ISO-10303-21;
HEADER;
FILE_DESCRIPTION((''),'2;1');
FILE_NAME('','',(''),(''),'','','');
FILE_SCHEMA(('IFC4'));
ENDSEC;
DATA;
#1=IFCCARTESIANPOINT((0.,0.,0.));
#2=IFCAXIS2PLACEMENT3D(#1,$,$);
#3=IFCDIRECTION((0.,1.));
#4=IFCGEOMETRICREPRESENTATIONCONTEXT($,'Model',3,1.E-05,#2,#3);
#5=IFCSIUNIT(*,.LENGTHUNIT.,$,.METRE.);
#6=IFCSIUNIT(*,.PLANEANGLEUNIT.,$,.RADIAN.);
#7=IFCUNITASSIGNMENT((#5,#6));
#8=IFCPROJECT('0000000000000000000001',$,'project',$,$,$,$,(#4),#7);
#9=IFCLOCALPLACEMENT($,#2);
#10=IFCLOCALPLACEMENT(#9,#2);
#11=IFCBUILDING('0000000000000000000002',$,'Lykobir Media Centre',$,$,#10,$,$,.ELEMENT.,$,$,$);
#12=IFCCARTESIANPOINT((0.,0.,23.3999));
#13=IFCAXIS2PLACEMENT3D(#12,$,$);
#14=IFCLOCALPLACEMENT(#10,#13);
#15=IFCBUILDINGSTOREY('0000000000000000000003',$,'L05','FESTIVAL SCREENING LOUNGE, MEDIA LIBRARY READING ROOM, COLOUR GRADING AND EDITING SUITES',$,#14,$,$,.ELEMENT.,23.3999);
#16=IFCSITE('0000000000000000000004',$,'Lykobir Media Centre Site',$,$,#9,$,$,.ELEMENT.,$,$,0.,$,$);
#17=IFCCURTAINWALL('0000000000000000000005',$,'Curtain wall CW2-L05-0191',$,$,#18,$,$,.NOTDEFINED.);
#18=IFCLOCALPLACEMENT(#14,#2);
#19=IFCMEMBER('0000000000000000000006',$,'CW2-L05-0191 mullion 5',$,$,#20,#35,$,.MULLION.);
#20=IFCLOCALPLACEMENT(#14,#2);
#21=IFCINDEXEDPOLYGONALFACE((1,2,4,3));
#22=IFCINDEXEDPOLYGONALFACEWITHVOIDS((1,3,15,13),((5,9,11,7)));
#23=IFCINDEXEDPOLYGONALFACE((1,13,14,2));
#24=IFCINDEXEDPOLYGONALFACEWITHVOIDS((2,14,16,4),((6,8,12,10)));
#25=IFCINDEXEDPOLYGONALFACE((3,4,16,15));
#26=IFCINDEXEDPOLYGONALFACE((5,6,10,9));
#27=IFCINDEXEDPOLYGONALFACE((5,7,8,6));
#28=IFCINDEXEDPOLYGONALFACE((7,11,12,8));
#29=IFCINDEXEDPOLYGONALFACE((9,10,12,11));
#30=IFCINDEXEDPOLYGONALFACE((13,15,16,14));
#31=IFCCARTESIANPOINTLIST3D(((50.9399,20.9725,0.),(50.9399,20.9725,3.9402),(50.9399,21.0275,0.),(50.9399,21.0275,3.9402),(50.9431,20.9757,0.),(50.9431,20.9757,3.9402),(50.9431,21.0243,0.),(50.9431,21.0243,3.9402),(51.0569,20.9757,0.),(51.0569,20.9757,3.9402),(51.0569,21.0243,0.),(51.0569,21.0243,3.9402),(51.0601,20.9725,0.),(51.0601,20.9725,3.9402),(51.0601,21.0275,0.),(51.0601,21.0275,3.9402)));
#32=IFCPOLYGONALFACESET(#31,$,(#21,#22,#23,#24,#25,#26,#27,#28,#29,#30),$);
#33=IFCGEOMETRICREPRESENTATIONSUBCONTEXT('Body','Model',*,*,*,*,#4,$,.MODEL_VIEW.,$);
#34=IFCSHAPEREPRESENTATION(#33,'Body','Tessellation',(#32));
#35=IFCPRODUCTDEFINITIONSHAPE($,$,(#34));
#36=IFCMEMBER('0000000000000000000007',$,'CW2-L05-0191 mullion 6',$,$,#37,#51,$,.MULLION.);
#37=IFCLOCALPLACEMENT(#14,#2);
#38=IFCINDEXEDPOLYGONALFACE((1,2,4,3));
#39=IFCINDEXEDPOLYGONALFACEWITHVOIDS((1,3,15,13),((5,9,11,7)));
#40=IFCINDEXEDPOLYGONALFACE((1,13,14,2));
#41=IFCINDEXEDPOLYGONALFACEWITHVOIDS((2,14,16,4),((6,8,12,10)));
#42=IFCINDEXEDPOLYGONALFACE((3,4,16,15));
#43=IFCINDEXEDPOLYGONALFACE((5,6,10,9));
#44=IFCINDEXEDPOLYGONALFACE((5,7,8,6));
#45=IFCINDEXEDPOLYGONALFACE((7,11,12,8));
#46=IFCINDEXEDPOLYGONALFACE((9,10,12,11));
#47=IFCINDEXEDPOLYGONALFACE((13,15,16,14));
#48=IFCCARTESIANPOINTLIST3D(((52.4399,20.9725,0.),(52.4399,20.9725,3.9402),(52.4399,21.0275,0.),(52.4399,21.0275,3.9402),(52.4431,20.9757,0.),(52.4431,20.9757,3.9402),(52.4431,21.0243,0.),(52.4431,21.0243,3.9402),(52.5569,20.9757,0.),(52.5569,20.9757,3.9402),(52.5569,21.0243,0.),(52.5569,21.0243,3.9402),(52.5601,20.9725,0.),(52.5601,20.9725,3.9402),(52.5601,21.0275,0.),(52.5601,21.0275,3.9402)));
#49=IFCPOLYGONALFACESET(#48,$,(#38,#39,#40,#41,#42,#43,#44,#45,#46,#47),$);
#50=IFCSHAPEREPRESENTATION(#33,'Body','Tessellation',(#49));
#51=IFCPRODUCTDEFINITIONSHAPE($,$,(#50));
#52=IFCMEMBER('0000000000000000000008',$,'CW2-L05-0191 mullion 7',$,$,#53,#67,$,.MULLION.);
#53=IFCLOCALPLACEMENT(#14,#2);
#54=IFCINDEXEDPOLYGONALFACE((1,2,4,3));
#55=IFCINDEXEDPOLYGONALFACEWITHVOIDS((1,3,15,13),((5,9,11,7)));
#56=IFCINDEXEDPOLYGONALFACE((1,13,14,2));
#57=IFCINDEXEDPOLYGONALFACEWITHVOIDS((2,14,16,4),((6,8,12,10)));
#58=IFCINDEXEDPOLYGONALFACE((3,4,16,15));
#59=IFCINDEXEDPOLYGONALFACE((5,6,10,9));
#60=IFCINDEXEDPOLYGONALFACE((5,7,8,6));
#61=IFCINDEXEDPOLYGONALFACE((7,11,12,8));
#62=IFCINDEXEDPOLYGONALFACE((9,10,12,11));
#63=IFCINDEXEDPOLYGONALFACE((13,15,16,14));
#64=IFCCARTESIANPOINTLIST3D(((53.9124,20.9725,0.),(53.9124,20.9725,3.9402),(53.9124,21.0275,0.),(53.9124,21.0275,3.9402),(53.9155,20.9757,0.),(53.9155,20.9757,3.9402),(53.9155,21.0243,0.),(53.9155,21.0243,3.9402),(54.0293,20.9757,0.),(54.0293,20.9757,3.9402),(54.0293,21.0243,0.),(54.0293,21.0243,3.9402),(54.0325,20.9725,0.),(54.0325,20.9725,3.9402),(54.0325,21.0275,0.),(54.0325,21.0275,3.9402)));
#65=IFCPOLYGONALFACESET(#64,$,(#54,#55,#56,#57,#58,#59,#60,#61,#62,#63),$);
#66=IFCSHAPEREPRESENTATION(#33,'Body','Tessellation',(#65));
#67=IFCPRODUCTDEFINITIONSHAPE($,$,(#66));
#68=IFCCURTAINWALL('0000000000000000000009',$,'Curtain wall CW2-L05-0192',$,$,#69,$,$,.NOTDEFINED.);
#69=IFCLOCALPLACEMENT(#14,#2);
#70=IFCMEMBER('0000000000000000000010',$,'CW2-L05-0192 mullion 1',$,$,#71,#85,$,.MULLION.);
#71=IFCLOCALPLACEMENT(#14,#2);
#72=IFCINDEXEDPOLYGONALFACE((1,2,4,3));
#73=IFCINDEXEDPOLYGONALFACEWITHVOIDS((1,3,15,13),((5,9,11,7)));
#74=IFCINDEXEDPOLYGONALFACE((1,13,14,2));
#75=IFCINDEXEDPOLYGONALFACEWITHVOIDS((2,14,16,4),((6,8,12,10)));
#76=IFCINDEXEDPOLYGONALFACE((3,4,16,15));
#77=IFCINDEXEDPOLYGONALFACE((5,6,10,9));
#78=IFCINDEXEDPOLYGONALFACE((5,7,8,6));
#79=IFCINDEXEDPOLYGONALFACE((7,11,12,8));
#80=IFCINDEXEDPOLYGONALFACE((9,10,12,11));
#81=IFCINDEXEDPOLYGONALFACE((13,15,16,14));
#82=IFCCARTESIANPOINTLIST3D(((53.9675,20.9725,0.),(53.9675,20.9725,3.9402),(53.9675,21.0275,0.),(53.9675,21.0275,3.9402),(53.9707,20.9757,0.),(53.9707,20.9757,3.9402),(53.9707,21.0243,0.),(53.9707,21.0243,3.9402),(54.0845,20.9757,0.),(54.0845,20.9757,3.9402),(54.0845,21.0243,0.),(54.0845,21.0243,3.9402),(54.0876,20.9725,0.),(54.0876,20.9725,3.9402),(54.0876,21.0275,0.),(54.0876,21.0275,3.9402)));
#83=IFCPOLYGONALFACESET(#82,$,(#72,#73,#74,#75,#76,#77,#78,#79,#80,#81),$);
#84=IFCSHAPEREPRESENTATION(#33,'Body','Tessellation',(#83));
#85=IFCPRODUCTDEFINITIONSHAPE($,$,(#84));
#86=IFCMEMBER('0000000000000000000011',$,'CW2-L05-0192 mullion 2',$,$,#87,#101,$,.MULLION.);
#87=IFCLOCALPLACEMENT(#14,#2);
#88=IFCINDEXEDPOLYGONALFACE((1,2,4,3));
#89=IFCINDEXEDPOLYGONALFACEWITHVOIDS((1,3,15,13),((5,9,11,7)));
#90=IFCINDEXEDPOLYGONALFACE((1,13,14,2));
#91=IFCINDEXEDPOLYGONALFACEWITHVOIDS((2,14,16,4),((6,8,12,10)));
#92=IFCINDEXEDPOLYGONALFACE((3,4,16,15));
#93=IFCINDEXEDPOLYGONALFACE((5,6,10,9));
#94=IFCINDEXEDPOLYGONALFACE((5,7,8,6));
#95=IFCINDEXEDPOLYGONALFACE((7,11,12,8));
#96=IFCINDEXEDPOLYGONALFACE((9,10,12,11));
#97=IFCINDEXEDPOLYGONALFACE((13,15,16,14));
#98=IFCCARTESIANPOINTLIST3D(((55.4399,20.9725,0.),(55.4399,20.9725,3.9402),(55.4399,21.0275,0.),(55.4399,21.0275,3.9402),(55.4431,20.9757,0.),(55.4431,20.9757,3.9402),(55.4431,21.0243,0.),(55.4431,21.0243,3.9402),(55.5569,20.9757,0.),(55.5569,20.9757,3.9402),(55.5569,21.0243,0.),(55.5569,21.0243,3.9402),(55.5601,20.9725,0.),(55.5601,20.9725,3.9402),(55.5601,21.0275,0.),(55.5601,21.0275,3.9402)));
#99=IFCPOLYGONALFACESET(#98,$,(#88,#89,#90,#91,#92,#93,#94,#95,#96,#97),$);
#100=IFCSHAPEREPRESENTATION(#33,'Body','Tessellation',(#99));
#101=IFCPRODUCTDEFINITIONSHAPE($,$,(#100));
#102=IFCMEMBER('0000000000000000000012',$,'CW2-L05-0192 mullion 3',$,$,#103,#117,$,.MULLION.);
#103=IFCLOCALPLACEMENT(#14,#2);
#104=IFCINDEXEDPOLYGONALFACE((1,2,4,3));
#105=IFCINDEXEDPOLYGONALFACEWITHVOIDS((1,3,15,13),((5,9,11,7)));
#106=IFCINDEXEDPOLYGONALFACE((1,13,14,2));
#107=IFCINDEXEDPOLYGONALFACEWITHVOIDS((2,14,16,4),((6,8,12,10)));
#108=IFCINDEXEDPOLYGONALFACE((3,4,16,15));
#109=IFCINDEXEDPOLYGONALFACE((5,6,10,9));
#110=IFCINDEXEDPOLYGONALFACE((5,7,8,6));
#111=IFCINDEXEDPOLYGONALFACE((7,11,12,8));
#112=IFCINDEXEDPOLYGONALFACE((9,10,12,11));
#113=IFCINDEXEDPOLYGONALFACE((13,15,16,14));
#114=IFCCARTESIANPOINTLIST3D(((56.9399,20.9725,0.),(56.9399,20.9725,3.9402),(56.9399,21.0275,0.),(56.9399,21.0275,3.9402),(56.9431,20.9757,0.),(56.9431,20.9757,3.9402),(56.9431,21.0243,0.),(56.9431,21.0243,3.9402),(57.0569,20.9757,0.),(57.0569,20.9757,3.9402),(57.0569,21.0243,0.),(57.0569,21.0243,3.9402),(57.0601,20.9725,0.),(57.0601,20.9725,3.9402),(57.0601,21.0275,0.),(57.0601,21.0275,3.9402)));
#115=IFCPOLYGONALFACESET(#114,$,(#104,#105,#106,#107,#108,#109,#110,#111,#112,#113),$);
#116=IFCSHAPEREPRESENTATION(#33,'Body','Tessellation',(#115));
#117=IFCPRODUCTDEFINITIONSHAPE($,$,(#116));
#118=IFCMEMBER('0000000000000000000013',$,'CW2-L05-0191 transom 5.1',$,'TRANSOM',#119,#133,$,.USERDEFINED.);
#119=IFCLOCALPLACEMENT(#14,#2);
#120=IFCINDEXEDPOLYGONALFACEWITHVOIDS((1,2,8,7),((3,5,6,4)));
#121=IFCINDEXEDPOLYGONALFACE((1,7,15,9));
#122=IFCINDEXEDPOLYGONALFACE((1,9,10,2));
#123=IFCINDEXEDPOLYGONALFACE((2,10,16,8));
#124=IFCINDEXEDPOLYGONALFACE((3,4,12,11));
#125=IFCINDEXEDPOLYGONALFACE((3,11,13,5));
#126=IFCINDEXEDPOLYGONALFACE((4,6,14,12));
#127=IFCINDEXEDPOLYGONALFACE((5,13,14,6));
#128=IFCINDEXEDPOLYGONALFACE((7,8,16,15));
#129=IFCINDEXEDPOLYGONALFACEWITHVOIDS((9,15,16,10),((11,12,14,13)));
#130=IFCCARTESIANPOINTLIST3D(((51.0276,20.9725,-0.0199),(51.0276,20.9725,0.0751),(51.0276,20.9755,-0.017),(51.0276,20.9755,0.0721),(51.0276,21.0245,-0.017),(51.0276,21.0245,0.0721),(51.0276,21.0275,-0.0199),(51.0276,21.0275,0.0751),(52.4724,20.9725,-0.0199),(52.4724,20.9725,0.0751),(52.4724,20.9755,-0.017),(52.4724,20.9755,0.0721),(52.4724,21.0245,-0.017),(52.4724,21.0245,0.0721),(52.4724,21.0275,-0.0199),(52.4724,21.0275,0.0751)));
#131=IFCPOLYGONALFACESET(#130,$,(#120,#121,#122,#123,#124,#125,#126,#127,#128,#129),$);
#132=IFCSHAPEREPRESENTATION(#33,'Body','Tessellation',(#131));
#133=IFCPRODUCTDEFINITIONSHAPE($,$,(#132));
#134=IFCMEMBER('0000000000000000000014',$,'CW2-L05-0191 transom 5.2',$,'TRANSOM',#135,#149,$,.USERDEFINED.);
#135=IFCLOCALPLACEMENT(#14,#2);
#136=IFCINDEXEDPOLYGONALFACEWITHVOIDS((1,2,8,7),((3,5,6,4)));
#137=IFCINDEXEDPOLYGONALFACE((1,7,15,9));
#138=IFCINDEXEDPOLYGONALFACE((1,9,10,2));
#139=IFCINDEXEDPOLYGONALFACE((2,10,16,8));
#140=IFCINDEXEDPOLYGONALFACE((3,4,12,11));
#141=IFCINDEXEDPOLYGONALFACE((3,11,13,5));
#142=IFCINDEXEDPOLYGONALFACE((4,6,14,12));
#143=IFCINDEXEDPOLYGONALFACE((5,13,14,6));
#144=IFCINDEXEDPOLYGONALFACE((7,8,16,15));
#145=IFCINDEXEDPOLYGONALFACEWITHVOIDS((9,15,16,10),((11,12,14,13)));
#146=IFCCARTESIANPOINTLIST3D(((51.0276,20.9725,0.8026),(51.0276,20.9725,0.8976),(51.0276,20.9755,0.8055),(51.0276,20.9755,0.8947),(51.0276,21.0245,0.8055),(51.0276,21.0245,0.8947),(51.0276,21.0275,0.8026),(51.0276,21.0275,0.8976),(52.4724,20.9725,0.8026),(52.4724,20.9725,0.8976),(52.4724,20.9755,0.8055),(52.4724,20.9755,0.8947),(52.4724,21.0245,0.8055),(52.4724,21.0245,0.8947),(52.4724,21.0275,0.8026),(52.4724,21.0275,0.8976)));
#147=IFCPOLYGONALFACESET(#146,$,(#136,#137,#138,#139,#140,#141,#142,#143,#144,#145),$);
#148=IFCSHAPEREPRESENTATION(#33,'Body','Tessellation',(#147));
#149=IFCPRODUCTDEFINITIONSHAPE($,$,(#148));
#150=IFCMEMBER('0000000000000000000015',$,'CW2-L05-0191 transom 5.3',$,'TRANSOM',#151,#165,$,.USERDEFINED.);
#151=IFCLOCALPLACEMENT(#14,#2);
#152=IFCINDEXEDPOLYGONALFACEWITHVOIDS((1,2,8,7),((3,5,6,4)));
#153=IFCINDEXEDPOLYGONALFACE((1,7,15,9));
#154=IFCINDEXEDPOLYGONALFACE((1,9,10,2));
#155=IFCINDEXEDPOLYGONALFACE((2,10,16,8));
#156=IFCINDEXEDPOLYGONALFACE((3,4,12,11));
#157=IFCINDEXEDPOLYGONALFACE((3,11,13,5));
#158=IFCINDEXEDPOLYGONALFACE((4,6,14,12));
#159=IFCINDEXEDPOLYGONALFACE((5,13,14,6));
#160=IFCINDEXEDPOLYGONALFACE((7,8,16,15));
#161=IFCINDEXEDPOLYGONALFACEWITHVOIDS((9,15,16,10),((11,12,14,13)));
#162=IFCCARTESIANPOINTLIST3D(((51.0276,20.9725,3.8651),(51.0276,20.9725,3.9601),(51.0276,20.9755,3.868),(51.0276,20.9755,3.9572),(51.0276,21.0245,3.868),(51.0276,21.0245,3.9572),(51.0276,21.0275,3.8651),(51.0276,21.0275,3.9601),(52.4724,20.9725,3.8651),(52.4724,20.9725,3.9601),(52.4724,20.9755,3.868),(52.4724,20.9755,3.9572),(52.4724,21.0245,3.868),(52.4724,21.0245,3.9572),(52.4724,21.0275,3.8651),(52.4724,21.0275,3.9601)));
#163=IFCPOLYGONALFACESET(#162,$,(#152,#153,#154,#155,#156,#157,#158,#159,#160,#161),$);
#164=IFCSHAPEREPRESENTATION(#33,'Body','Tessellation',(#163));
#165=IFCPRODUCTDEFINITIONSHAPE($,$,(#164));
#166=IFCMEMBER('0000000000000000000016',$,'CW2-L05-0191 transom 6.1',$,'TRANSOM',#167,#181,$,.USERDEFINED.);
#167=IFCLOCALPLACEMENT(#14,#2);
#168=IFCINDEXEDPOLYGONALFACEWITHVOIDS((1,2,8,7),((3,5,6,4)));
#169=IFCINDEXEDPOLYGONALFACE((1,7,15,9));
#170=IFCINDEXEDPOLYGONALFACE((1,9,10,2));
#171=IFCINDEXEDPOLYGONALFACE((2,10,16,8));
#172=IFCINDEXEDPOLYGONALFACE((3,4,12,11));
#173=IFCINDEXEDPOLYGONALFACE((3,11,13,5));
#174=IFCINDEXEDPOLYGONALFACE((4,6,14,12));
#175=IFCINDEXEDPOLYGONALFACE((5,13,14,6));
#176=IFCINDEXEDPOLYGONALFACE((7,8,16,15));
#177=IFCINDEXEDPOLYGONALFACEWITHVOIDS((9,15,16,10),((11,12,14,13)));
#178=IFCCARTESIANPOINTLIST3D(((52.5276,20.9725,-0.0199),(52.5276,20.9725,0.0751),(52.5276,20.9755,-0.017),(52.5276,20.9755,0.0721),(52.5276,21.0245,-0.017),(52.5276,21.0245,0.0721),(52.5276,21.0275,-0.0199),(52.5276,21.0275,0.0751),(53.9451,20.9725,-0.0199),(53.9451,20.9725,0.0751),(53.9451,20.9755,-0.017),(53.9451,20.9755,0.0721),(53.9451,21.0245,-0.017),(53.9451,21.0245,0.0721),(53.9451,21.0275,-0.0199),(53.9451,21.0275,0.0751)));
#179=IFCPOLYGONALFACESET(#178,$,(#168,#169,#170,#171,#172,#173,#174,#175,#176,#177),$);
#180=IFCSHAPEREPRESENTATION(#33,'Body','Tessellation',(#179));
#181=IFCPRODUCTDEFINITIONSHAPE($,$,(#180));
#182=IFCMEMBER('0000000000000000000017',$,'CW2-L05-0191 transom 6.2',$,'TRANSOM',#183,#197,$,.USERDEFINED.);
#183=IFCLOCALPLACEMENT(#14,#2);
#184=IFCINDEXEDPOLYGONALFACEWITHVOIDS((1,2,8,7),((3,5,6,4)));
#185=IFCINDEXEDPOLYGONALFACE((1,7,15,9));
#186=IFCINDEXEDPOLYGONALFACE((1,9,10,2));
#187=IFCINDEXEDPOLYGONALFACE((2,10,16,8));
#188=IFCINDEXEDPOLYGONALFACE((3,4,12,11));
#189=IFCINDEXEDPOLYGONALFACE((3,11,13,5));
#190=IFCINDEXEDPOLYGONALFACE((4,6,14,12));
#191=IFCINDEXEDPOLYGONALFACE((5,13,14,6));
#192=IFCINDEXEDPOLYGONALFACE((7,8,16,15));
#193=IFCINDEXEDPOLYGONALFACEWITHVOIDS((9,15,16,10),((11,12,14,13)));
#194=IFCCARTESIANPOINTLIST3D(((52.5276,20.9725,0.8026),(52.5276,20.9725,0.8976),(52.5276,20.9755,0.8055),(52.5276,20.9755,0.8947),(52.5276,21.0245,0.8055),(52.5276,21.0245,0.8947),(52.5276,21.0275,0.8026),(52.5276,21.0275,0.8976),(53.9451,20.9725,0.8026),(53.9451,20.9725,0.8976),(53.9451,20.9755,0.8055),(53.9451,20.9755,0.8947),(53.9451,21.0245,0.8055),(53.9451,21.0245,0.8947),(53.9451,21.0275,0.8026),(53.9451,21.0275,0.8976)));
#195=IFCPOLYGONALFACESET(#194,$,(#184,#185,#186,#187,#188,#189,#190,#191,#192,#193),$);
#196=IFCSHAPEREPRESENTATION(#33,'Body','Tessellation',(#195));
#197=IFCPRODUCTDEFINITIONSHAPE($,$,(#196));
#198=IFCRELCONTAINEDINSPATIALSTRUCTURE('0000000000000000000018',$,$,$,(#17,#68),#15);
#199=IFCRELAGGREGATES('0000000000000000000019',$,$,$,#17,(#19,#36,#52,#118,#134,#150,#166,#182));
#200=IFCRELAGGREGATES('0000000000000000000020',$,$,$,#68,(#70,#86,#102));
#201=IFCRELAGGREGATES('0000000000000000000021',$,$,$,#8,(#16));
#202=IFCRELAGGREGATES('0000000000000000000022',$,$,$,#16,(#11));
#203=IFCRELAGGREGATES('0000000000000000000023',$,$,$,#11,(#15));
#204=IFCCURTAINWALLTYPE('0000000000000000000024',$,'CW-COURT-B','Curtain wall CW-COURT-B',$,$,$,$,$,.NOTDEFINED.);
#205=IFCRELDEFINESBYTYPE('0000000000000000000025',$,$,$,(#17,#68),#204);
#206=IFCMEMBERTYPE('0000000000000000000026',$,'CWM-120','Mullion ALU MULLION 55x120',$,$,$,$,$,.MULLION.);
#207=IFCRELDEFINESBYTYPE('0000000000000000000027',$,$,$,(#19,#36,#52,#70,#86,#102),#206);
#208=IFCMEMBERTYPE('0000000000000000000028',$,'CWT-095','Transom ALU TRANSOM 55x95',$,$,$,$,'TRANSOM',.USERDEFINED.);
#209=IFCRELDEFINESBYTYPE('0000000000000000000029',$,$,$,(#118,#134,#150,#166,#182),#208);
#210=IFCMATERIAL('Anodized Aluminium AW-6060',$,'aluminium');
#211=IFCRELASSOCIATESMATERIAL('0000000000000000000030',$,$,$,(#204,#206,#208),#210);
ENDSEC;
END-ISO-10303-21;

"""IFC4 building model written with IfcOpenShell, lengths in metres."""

from ifc_helpers import new_model, si_unit, direction, frame, origin, origin_2d, place, context, subcontext, project, spatial, hollow_rectangle, extrude, material, material_profile, profile_set, type_object, element, aggregate, save


model = new_model("IFC4")

# Units and contexts
model_context = context("Model", 3, precision=1e-05, world=origin(), true_north=direction((0.0, 1.0)))
body_context = subcontext(model_context, "Body", "Model", "MODEL_VIEW")
ifc_project = project(units=[si_unit("LENGTHUNIT", "METRE"), si_unit("PLANEANGLEUNIT", "RADIAN")], contexts=[model_context])

# Site, building, storey
site_placement = place(None, origin())
site = spatial("IfcSite", under=ifc_project, at=site_placement, Name="Lykobir Media Centre Site", CompositionType="ELEMENT", RefElevation=0.0)
building_placement = place(site_placement, origin())
building = spatial("IfcBuilding", under=site, at=building_placement, Name="Lykobir Media Centre", CompositionType="ELEMENT")
storey_placement = place(building_placement, frame((0.0, 0.0, 23.3999)))
storey = spatial("IfcBuildingStorey", under=building, at=storey_placement, Name="L05", Description="FESTIVAL SCREENING LOUNGE, MEDIA LIBRARY READING ROOM, COLOUR GRADING AND EDITING SUITES", CompositionType="ELEMENT", Elevation=23.3999)

# Curtain walls, members
ifc_material_1 = material(Name="Anodized Aluminium AW-6060", Category="aluminium")
curtain_wall_type = type_object("IfcCurtainWallType", Name="CW-COURT-B", Description="Curtain wall CW-COURT-B", PredefinedType="NOTDEFINED", material=ifc_material_1)
curtain_wall_1_placement = place(storey_placement, origin())
curtain_wall_1 = element("IfcCurtainWall", 1, at=curtain_wall_1_placement, inside=storey, type_object=curtain_wall_type, Name="Curtain wall CW2-L05-0191", PredefinedType="NOTDEFINED")
ifc_material_profile_1 = material_profile(ifc_material_1, hollow_rectangle(XDim=0.0549, YDim=0.1201, WallThickness=0.0032, at=origin_2d()), Name="ALU MULLION 55x120")
ifc_profile_set_1 = profile_set([ifc_material_profile_1], Name="Anodized Aluminium AW-6060")
member_type_1 = type_object("IfcMemberType", Name="CWM-120", Description="Mullion ALU MULLION 55x120", PredefinedType="MULLION", material=ifc_profile_set_1)
member_1_placement = place(storey_placement, frame((51.0, 21.0, 0.0), z_axis=(0.0, 0.0, 1.0), x_axis=(0.0, 1.0, 0.0)))
member_1 = element("IfcMember", 2, at=member_1_placement, type_object=member_type_1, Name="CW2-L05-0191 mullion 5", PredefinedType="MULLION", context=body_context, shape_type="SweptSolid", body=[
    extrude(hollow_rectangle(XDim=0.0549, YDim=0.1201, WallThickness=0.0032, at=origin_2d()), origin(), (0.0, 0.0, 1.0), 3.9402),
])
member_2_placement = place(storey_placement, frame((52.5, 21.0, 0.0), z_axis=(0.0, 0.0, 1.0), x_axis=(0.0, 1.0, 0.0)))
member_2 = element("IfcMember", 3, at=member_2_placement, type_object=member_type_1, Name="CW2-L05-0191 mullion 6", PredefinedType="MULLION", context=body_context, shape_type="SweptSolid", body=[
    extrude(hollow_rectangle(XDim=0.0549, YDim=0.1201, WallThickness=0.0032, at=origin_2d()), origin(), (0.0, 0.0, 1.0), 3.9402),
])
member_3_placement = place(storey_placement, frame((53.9724, 21.0, 0.0), z_axis=(0.0, 0.0, 1.0), x_axis=(0.0, 1.0, 0.0)))
member_3 = element("IfcMember", 4, at=member_3_placement, type_object=member_type_1, Name="CW2-L05-0191 mullion 7", PredefinedType="MULLION", context=body_context, shape_type="SweptSolid", body=[
    extrude(hollow_rectangle(XDim=0.0549, YDim=0.1201, WallThickness=0.0032, at=origin_2d()), origin(), (0.0, 0.0, 1.0), 3.9402),
])
curtain_wall_2_placement = place(storey_placement, origin())
curtain_wall_2 = element("IfcCurtainWall", 5, at=curtain_wall_2_placement, inside=storey, type_object=curtain_wall_type, Name="Curtain wall CW2-L05-0192", PredefinedType="NOTDEFINED")
member_4_placement = place(storey_placement, frame((54.0276, 21.0, 0.0), z_axis=(0.0, 0.0, 1.0), x_axis=(0.0, 1.0, 0.0)))
member_4 = element("IfcMember", 6, at=member_4_placement, type_object=member_type_1, Name="CW2-L05-0192 mullion 1", PredefinedType="MULLION", context=body_context, shape_type="SweptSolid", body=[
    extrude(hollow_rectangle(XDim=0.0549, YDim=0.1201, WallThickness=0.0032, at=origin_2d()), origin(), (0.0, 0.0, 1.0), 3.9402),
])
member_5_placement = place(storey_placement, frame((55.5, 21.0, 0.0), z_axis=(0.0, 0.0, 1.0), x_axis=(0.0, 1.0, 0.0)))
member_5 = element("IfcMember", 7, at=member_5_placement, type_object=member_type_1, Name="CW2-L05-0192 mullion 2", PredefinedType="MULLION", context=body_context, shape_type="SweptSolid", body=[
    extrude(hollow_rectangle(XDim=0.0549, YDim=0.1201, WallThickness=0.0032, at=origin_2d()), origin(), (0.0, 0.0, 1.0), 3.9402),
])
member_6_placement = place(storey_placement, frame((57.0, 21.0, 0.0), z_axis=(0.0, 0.0, 1.0), x_axis=(0.0, 1.0, 0.0)))
member_6 = element("IfcMember", 8, at=member_6_placement, type_object=member_type_1, Name="CW2-L05-0192 mullion 3", PredefinedType="MULLION", context=body_context, shape_type="SweptSolid", body=[
    extrude(hollow_rectangle(XDim=0.0549, YDim=0.1201, WallThickness=0.0032, at=origin_2d()), origin(), (0.0, 0.0, 1.0), 3.9402),
])

# Members
ifc_material_profile_2 = material_profile(ifc_material_1, hollow_rectangle(XDim=0.0549, YDim=0.095, WallThickness=0.0029, at=origin_2d()), Name="ALU TRANSOM 55x95")
ifc_profile_set_2 = profile_set([ifc_material_profile_2], Name="Anodized Aluminium AW-6060")
member_type_2 = type_object("IfcMemberType", Name="CWT-095", Description="Transom ALU TRANSOM 55x95", ElementType="TRANSOM", PredefinedType="USERDEFINED", material=ifc_profile_set_2)
member_7_placement = place(storey_placement, frame((51.0276, 21.0, 0.0276), z_axis=(1.0, 0.0, 0.0), x_axis=(0.0, 1.0, 0.0)))
member_7 = element("IfcMember", 9, at=member_7_placement, type_object=member_type_2, Name="CW2-L05-0191 transom 5.1", ObjectType="TRANSOM", PredefinedType="USERDEFINED", context=body_context, shape_type="SweptSolid", body=[
    extrude(hollow_rectangle(XDim=0.0549, YDim=0.095, WallThickness=0.0029, at=origin_2d()), origin(), (0.0, 0.0, 1.0), 1.4448),
])
member_8_placement = place(storey_placement, frame((51.0276, 21.0, 0.8501), z_axis=(1.0, 0.0, 0.0), x_axis=(0.0, 1.0, 0.0)))
member_8 = element("IfcMember", 10, at=member_8_placement, type_object=member_type_2, Name="CW2-L05-0191 transom 5.2", ObjectType="TRANSOM", PredefinedType="USERDEFINED", context=body_context, shape_type="SweptSolid", body=[
    extrude(hollow_rectangle(XDim=0.0549, YDim=0.095, WallThickness=0.0029, at=origin_2d()), origin(), (0.0, 0.0, 1.0), 1.4448),
])
member_9_placement = place(storey_placement, frame((51.0276, 21.0, 3.9126), z_axis=(1.0, 0.0, 0.0), x_axis=(0.0, 1.0, 0.0)))
member_9 = element("IfcMember", 11, at=member_9_placement, type_object=member_type_2, Name="CW2-L05-0191 transom 5.3", ObjectType="TRANSOM", PredefinedType="USERDEFINED", context=body_context, shape_type="SweptSolid", body=[
    extrude(hollow_rectangle(XDim=0.0549, YDim=0.095, WallThickness=0.0029, at=origin_2d()), origin(), (0.0, 0.0, 1.0), 1.4448),
])
member_10_placement = place(storey_placement, frame((52.5276, 21.0, 0.0276), z_axis=(1.0, 0.0, 0.0), x_axis=(0.0, 1.0, 0.0)))
member_10 = element("IfcMember", 12, at=member_10_placement, type_object=member_type_2, Name="CW2-L05-0191 transom 6.1", ObjectType="TRANSOM", PredefinedType="USERDEFINED", context=body_context, shape_type="SweptSolid", body=[
    extrude(hollow_rectangle(XDim=0.0549, YDim=0.095, WallThickness=0.0029, at=origin_2d()), origin(), (0.0, 0.0, 1.0), 1.4175),
])
member_11_placement = place(storey_placement, frame((52.5276, 21.0, 0.8501), z_axis=(1.0, 0.0, 0.0), x_axis=(0.0, 1.0, 0.0)))
member_11 = element("IfcMember", 13, at=member_11_placement, type_object=member_type_2, Name="CW2-L05-0191 transom 6.2", ObjectType="TRANSOM", PredefinedType="USERDEFINED", context=body_context, shape_type="SweptSolid", body=[
    extrude(hollow_rectangle(XDim=0.0549, YDim=0.095, WallThickness=0.0029, at=origin_2d()), origin(), (0.0, 0.0, 1.0), 1.4175),
])

aggregate(curtain_wall_1, [member_1, member_2, member_3, member_7, member_8, member_9, member_10, member_11])
aggregate(curtain_wall_2, [member_4, member_5, member_6])

save(model, "model.ifc")
